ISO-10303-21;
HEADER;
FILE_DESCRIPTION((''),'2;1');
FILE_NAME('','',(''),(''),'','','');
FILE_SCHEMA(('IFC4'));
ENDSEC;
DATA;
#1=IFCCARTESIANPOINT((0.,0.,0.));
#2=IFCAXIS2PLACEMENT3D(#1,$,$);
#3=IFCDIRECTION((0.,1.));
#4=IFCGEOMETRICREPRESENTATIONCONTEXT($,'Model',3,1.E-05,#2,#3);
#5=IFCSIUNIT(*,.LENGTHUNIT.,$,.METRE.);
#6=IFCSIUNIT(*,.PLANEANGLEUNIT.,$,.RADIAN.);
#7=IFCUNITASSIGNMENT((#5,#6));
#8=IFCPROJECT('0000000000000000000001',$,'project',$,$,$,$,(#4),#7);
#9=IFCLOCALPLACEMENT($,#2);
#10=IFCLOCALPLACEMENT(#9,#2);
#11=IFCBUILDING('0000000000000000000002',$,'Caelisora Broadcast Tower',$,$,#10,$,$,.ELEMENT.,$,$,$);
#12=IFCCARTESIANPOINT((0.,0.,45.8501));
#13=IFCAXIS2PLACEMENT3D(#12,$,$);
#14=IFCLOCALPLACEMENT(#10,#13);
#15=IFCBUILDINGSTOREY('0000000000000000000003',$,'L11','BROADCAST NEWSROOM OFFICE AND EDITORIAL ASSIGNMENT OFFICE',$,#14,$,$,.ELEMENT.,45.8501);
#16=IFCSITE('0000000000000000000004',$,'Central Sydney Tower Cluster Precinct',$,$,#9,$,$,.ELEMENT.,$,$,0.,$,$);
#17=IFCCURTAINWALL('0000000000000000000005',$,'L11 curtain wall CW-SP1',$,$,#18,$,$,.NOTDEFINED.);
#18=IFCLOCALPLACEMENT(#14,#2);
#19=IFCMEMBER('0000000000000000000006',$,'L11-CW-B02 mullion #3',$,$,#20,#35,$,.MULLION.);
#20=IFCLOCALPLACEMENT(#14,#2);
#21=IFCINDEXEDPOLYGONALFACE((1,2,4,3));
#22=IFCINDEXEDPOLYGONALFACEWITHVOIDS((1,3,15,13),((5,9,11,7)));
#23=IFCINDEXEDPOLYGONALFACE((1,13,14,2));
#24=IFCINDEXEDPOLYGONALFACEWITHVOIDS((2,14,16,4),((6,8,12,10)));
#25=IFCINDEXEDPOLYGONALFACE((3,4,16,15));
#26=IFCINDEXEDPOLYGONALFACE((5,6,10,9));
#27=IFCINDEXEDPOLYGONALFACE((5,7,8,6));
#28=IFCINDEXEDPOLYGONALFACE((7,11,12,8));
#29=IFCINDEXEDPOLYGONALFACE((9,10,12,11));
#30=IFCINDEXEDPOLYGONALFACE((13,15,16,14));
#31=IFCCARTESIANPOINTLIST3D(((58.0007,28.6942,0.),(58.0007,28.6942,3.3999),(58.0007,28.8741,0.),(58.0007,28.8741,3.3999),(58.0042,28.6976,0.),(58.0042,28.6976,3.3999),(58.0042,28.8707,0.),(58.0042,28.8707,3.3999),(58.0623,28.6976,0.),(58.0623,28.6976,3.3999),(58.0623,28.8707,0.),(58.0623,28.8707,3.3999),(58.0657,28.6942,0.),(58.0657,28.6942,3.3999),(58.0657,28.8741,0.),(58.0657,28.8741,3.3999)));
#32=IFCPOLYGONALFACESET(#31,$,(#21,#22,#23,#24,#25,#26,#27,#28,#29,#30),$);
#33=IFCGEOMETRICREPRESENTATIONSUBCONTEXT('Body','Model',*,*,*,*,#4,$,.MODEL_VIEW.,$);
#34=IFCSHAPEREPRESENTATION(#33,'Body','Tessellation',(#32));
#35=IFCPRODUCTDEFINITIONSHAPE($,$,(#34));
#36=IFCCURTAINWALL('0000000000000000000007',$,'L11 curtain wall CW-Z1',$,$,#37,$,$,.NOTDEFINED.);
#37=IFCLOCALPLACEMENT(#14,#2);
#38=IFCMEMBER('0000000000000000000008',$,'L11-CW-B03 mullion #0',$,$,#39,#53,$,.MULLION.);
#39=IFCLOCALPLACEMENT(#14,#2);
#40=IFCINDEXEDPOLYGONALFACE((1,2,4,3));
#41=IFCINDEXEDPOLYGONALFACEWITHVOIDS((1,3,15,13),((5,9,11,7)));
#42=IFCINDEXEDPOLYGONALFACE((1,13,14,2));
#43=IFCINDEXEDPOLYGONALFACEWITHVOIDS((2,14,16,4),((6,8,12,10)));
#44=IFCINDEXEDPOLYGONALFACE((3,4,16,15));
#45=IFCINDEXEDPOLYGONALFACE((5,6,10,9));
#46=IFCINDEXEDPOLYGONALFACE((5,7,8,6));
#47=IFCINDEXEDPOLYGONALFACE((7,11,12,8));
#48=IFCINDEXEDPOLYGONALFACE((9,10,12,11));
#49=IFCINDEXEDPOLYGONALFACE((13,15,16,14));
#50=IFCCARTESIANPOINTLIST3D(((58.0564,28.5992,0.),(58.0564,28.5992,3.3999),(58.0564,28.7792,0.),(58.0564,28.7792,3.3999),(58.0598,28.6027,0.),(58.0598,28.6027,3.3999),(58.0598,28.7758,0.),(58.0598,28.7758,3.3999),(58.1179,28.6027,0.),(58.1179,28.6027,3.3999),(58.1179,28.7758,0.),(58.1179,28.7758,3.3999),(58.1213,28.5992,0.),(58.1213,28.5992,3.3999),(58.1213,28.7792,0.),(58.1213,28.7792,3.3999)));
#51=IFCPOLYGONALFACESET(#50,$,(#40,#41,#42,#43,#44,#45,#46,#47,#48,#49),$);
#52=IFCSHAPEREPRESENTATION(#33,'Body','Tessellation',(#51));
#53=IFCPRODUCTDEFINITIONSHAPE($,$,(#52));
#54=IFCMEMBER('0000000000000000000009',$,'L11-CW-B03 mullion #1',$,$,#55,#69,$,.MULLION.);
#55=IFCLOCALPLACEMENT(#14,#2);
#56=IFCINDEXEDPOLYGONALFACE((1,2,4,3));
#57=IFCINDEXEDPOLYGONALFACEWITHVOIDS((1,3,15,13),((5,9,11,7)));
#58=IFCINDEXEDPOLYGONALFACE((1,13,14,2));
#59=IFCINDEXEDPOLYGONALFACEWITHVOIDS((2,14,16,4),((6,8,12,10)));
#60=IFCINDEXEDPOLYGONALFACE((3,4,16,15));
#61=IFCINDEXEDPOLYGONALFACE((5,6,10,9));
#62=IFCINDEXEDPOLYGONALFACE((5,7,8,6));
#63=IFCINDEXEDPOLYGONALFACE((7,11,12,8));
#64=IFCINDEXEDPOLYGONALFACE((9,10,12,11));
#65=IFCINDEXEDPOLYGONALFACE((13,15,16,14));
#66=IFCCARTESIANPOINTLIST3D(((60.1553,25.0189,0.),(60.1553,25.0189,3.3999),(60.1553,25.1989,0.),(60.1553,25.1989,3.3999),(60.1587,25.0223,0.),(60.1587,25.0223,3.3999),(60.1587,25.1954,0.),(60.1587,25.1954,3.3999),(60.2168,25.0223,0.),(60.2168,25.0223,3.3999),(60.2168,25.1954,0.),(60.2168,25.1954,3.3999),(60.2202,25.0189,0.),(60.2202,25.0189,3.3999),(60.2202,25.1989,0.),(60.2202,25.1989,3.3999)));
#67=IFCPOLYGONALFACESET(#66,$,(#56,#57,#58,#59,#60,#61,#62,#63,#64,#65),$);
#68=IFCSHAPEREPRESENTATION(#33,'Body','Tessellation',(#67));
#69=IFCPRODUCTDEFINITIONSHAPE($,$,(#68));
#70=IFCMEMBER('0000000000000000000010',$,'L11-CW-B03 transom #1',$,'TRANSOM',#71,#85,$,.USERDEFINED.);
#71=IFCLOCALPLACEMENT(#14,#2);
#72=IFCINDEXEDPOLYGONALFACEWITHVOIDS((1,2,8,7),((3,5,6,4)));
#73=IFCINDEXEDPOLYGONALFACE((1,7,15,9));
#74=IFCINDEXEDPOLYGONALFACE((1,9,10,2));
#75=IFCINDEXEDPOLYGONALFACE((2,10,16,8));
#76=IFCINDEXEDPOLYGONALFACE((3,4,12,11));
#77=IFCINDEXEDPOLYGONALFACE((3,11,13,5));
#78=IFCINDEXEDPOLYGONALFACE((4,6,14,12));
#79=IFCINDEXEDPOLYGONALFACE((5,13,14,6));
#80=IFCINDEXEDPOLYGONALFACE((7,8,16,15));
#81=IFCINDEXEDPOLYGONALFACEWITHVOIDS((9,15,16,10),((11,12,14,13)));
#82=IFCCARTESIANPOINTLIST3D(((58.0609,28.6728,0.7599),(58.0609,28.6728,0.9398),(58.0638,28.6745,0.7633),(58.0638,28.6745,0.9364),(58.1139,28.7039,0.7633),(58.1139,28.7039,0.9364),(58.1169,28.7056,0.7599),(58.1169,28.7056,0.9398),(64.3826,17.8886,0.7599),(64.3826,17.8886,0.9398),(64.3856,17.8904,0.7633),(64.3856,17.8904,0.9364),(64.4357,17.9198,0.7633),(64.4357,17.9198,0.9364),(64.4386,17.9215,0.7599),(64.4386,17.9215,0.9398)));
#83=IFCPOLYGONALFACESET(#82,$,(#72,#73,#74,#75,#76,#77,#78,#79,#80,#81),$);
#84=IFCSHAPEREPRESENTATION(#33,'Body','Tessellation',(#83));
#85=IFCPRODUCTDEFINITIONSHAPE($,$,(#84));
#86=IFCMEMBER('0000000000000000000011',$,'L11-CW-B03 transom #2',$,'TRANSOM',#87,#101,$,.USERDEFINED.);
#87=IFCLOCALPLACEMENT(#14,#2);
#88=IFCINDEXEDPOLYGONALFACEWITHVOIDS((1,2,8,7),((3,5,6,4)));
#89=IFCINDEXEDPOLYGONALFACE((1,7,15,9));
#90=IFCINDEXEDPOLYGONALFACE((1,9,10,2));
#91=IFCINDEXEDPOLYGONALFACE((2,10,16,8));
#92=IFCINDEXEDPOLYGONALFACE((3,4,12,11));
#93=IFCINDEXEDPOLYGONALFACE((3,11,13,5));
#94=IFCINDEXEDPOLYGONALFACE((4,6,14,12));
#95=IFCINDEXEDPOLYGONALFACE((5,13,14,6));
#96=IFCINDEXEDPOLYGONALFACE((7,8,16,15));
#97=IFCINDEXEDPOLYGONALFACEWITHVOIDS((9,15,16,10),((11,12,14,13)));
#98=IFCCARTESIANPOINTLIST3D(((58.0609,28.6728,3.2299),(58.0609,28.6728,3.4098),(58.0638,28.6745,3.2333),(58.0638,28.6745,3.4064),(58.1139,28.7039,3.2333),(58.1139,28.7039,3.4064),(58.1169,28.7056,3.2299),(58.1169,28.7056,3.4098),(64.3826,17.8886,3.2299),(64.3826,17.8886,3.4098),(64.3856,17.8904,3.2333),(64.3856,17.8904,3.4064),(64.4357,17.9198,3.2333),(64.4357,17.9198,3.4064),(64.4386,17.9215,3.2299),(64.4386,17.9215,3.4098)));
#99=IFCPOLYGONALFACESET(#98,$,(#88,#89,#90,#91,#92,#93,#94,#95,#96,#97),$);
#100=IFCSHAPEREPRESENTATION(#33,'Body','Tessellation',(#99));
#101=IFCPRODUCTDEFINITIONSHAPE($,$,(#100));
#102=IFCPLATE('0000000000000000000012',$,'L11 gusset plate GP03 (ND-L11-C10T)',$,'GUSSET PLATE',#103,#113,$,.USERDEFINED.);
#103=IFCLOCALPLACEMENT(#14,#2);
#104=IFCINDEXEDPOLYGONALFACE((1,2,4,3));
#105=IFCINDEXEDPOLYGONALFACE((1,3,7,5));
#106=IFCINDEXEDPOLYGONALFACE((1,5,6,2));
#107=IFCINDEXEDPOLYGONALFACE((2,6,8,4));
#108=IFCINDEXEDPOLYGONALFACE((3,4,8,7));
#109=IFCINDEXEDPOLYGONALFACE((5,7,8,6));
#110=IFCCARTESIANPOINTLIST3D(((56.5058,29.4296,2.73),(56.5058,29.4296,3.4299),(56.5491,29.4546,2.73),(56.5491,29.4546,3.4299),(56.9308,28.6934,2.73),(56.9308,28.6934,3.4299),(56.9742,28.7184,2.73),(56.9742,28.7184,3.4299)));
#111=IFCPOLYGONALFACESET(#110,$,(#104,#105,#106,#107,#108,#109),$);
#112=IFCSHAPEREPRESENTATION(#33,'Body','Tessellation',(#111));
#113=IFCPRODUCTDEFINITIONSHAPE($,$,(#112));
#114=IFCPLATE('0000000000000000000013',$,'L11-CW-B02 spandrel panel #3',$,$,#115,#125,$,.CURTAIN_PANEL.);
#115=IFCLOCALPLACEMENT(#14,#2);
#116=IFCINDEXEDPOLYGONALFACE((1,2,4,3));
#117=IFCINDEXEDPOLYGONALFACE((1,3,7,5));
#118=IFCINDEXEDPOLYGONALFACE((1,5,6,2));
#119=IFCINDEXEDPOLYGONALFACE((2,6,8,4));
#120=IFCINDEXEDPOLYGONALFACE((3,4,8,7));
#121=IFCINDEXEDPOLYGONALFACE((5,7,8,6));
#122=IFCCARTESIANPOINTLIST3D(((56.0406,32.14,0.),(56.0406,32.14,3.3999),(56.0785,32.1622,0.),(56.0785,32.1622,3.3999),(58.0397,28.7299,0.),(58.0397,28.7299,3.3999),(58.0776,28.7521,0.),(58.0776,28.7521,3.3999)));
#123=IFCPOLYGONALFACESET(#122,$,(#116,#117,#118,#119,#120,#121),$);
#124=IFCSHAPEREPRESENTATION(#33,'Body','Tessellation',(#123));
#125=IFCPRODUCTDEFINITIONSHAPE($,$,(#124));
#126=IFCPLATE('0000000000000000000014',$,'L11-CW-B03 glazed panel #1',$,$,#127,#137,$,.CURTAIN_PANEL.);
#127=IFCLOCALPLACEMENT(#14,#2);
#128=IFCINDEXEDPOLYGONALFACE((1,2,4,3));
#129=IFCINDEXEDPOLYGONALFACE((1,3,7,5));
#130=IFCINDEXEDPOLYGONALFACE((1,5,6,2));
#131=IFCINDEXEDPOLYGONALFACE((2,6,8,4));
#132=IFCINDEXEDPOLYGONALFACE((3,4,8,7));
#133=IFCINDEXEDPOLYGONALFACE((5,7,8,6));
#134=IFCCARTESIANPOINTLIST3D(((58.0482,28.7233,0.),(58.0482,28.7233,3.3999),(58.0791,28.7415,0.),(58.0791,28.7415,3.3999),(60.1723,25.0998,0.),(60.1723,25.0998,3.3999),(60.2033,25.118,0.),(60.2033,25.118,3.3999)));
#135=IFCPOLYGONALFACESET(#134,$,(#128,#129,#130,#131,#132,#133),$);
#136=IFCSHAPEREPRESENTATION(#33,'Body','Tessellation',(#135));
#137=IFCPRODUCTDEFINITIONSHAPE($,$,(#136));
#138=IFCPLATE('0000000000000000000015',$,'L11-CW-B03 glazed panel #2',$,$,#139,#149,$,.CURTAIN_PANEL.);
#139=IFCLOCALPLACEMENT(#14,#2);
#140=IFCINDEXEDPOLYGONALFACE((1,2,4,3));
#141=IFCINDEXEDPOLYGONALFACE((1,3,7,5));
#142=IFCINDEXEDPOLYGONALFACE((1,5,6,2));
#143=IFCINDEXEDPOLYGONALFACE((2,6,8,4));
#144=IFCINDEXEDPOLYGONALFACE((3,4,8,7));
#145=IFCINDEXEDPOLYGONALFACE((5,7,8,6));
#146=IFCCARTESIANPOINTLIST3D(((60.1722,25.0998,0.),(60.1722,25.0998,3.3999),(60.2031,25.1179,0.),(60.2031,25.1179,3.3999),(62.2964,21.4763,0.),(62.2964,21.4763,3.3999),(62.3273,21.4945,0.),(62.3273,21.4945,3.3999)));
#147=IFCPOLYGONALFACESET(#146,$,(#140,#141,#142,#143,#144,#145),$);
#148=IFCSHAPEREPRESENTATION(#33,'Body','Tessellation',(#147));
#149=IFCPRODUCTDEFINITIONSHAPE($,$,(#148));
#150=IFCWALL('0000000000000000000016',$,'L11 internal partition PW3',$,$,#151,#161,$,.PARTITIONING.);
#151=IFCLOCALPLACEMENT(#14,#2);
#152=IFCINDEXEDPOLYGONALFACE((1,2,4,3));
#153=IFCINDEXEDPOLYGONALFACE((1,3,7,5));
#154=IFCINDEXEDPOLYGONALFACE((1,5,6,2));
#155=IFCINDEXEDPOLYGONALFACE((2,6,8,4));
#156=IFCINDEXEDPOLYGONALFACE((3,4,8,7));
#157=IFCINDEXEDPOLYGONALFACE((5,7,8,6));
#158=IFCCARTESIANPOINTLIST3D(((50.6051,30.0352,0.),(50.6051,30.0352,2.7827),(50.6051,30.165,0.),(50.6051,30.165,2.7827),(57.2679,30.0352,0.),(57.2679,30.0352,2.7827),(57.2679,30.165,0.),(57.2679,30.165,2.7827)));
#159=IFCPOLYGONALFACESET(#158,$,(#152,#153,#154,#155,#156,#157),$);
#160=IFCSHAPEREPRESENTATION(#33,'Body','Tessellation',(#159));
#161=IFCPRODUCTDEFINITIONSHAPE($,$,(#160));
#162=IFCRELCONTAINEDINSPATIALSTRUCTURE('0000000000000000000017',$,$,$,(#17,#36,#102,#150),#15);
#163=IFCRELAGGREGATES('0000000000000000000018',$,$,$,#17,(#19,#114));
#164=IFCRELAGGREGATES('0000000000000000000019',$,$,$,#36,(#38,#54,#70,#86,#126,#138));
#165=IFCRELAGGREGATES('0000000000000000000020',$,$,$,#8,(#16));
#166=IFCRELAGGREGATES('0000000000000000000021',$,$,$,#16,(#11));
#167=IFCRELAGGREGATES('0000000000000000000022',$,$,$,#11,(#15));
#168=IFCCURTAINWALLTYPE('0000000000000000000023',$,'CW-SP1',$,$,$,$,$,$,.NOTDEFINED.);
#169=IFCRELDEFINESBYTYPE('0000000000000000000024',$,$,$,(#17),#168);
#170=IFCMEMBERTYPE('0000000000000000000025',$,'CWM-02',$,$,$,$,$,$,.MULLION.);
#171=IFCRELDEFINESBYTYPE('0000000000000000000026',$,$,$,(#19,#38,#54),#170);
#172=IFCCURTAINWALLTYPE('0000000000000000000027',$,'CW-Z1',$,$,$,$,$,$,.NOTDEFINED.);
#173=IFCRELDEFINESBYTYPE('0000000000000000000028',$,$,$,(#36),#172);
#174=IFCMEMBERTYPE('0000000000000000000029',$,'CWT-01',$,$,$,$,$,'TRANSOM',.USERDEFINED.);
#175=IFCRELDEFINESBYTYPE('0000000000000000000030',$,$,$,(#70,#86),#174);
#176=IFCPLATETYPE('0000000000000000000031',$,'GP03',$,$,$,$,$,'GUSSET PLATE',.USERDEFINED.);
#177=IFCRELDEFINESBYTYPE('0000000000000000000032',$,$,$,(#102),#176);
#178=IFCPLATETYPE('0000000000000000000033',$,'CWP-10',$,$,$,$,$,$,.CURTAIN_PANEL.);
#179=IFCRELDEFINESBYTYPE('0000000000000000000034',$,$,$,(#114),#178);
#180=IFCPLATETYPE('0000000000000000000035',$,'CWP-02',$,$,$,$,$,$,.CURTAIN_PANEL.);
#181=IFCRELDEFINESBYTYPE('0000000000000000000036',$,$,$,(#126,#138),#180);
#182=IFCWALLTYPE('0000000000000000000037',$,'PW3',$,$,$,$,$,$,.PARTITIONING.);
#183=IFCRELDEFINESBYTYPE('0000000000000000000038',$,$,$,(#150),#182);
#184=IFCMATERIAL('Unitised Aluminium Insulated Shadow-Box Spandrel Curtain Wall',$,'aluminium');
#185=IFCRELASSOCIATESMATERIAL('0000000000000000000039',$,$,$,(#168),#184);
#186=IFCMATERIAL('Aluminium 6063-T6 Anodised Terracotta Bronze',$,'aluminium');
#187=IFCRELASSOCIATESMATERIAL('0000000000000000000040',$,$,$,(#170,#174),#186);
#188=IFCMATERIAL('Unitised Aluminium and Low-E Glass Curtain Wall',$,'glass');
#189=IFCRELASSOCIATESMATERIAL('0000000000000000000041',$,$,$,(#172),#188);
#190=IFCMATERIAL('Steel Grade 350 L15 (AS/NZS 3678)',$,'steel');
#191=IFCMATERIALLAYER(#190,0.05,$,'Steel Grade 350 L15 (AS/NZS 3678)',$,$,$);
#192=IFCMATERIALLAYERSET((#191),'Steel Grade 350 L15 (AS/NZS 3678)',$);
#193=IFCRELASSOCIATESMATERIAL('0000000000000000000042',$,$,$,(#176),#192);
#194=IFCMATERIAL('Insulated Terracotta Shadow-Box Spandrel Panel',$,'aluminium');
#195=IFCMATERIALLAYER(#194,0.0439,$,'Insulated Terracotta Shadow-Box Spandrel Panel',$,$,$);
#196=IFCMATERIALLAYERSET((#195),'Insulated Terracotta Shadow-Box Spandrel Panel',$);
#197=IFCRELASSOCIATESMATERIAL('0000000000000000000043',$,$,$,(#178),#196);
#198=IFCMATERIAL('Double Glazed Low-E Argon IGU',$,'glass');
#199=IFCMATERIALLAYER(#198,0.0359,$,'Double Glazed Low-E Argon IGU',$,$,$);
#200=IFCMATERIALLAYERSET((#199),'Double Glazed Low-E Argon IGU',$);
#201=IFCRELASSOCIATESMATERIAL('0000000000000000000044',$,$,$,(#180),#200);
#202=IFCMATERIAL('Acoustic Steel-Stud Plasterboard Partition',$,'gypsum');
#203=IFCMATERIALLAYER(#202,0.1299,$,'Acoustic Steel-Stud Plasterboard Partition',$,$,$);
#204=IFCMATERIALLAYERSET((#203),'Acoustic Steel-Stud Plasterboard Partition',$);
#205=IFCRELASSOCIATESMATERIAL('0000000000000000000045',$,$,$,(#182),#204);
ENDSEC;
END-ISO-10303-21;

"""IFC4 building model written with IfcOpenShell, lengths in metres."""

from ifc_helpers import new_model, si_unit, direction, frame, frame_2d, origin, origin_2d, place, context, subcontext, project, spatial, rectangle, hollow_rectangle, extrude, source, transform, mapped, material, layer, layer_set, material_profile, profile_set, type_object, type_shapes, element, aggregate, save


model = new_model("IFC4")

# Units and contexts
model_context = context("Model", 3, precision=1e-05, world=origin(), true_north=direction((0.0, 1.0)))
body_context = subcontext(model_context, "Body", "Model", "MODEL_VIEW")
ifc_project = project(units=[si_unit("LENGTHUNIT", "METRE"), si_unit("PLANEANGLEUNIT", "RADIAN")], contexts=[model_context])

# Site, building, storey
site_placement = place(None, origin())
site = spatial("IfcSite", under=ifc_project, at=site_placement, Name="Central Sydney Tower Cluster Precinct", CompositionType="ELEMENT", RefElevation=0.0)
building_placement = place(site_placement, origin())
building = spatial("IfcBuilding", under=site, at=building_placement, Name="Caelisora Broadcast Tower", CompositionType="ELEMENT")
storey_placement = place(building_placement, frame((0.0, 0.0, 45.8501)))
storey = spatial("IfcBuildingStorey", under=building, at=storey_placement, Name="L11", Description="BROADCAST NEWSROOM OFFICE AND EDITORIAL ASSIGNMENT OFFICE", CompositionType="ELEMENT", Elevation=45.8501)

# Shared definitions
ifc_material_1 = material(Name="Steel Grade 350 L15 (AS/NZS 3678)", Category="steel")

# Curtain wall, member
ifc_material_2 = material(Name="Unitised Aluminium Insulated Shadow-Box Spandrel Curtain Wall", Category="aluminium")
curtain_wall_type_1 = type_object("IfcCurtainWallType", Name="CW-SP1", PredefinedType="NOTDEFINED", material=ifc_material_2)
curtain_wall_1_placement = place(storey_placement, origin())
curtain_wall_1 = element("IfcCurtainWall", 1, at=curtain_wall_1_placement, inside=storey, type_object=curtain_wall_type_1, Name="L11 curtain wall CW-SP1", PredefinedType="NOTDEFINED")
ifc_material_3 = material(Name="Aluminium 6063-T6 Anodised Terracotta Bronze", Category="aluminium")
ifc_material_profile_1 = material_profile(ifc_material_3, hollow_rectangle(XDim=0.0649, YDim=0.1799, WallThickness=0.0034, at=origin_2d()), Name="Aluminium 6063-T6 Anodised Terracotta Bronze")
ifc_profile_set_1 = profile_set([ifc_material_profile_1], Name="Aluminium 6063-T6 Anodised Terracotta Bronze")
member_type_1 = type_object("IfcMemberType", Name="CWM-02", PredefinedType="MULLION", material=ifc_profile_set_1)
shared_shape_1 = source(origin(), body_context, "Body", "SweptSolid", [
    extrude(hollow_rectangle(XDim=0.0649, YDim=0.1799, WallThickness=0.0034, at=origin_2d()), origin(), (0.0, 0.0, 1.0), 3.3999),
])
type_shapes(member_type_1, [shared_shape_1])
member_1_placement = place(storey_placement, frame((58.0332, 28.7842, 0.0), z_axis=(0.0, 0.0, 1.0), x_axis=(1.0, 0.0, 0.0)))
member_1 = element("IfcMember", 2, at=member_1_placement, type_object=member_type_1, Name="L11-CW-B02 mullion #3", PredefinedType="MULLION", context=body_context, shape_type="MappedRepresentation", body=[
    mapped(shared_shape_1, transform((0.0, 0.0, 0.0), scale=1.0)),
])

# Curtain wall, members
ifc_material_4 = material(Name="Unitised Aluminium and Low-E Glass Curtain Wall", Category="glass")
curtain_wall_type_2 = type_object("IfcCurtainWallType", Name="CW-Z1", PredefinedType="NOTDEFINED", material=ifc_material_4)
curtain_wall_2_placement = place(storey_placement, origin())
curtain_wall_2 = element("IfcCurtainWall", 3, at=curtain_wall_2_placement, inside=storey, type_object=curtain_wall_type_2, Name="L11 curtain wall CW-Z1", PredefinedType="NOTDEFINED")
member_2_placement = place(storey_placement, frame((58.0889, 28.6892, 0.0), z_axis=(0.0, 0.0, 1.0), x_axis=(1.0, 0.0, 0.0)))
member_2 = element("IfcMember", 4, at=member_2_placement, type_object=member_type_1, Name="L11-CW-B03 mullion #0", PredefinedType="MULLION", context=body_context, shape_type="MappedRepresentation", body=[
    mapped(shared_shape_1, transform((0.0, 0.0, 0.0), scale=1.0)),
])
member_3_placement = place(storey_placement, frame((60.1877, 25.1089, 0.0), z_axis=(0.0, 0.0, 1.0), x_axis=(1.0, 0.0, 0.0)))
member_3 = element("IfcMember", 5, at=member_3_placement, type_object=member_type_1, Name="L11-CW-B03 mullion #1", PredefinedType="MULLION", context=body_context, shape_type="MappedRepresentation", body=[
    mapped(shared_shape_1, transform((0.0, 0.0, 0.0), scale=1.0)),
])
ifc_material_profile_2 = material_profile(ifc_material_3, hollow_rectangle(XDim=0.0649, YDim=0.1799, WallThickness=0.0034, at=origin_2d()), Name="Aluminium 6063-T6 Anodised Terracotta Bronze")
ifc_profile_set_2 = profile_set([ifc_material_profile_2], Name="Aluminium 6063-T6 Anodised Terracotta Bronze")
member_type_2 = type_object("IfcMemberType", Name="CWT-01", ElementType="TRANSOM", PredefinedType="USERDEFINED", material=ifc_profile_set_2)
shared_shape_2 = source(origin(), body_context, "Body", "SweptSolid", [
    extrude(hollow_rectangle(XDim=0.0649, YDim=0.1799, WallThickness=0.0034, at=origin_2d()), origin(), (0.0, 0.0, 1.0), 12.5005),
])
type_shapes(member_type_2, [shared_shape_2])
member_4_placement = place(storey_placement, frame((58.0889, 28.6892, 0.8499), z_axis=(0.505721, -0.862697, 0.0), x_axis=(0.862697, 0.505721, 0.0)))
member_4 = element("IfcMember", 6, at=member_4_placement, type_object=member_type_2, Name="L11-CW-B03 transom #1", ObjectType="TRANSOM", PredefinedType="USERDEFINED", context=body_context, shape_type="MappedRepresentation", body=[
    mapped(shared_shape_2, transform((0.0, 0.0, 0.0), scale=1.0)),
])
member_5_placement = place(storey_placement, frame((58.0889, 28.6892, 3.3198), z_axis=(0.505721, -0.862697, 0.0), x_axis=(0.862697, 0.505721, 0.0)))
member_5 = element("IfcMember", 7, at=member_5_placement, type_object=member_type_2, Name="L11-CW-B03 transom #2", ObjectType="TRANSOM", PredefinedType="USERDEFINED", context=body_context, shape_type="MappedRepresentation", body=[
    mapped(shared_shape_2, transform((0.0, 0.0, 0.0), scale=1.0)),
])

# Plates
ifc_layer_1 = layer(ifc_material_1, 0.05, Name="Steel Grade 350 L15 (AS/NZS 3678)")
ifc_layer_set_1 = layer_set([ifc_layer_1], Name="Steel Grade 350 L15 (AS/NZS 3678)")
plate_type_1 = type_object("IfcPlateType", Name="GP03", ElementType="GUSSET PLATE", PredefinedType="USERDEFINED", material=ifc_layer_set_1)
shared_shape_3 = source(origin(), body_context, "Body", "SweptSolid", [
    extrude(rectangle(XDim=0.8501, YDim=0.05, at=origin_2d()), origin(), (0.0, 0.0, 1.0), 0.7),
])
type_shapes(plate_type_1, [shared_shape_3])
plate_1_placement = place(storey_placement, frame((56.74, 29.074, 2.73), z_axis=(0.0, 0.0, 1.0), x_axis=(-0.5, 0.866025, 0.0)))
element("IfcPlate", 8, at=plate_1_placement, inside=storey, type_object=plate_type_1, Name="L11 gusset plate GP03 (ND-L11-C10T)", ObjectType="GUSSET PLATE", PredefinedType="USERDEFINED", context=body_context, shape_type="MappedRepresentation", body=[
    mapped(shared_shape_3, transform((0.0, 0.0, 0.0), scale=1.0)),
])
ifc_material_5 = material(Name="Insulated Terracotta Shadow-Box Spandrel Panel", Category="aluminium")
ifc_layer_2 = layer(ifc_material_5, 0.0439, Name="Insulated Terracotta Shadow-Box Spandrel Panel")
ifc_layer_set_2 = layer_set([ifc_layer_2], Name="Insulated Terracotta Shadow-Box Spandrel Panel")
plate_type_2 = type_object("IfcPlateType", Name="CWP-10", PredefinedType="CURTAIN_PANEL", material=ifc_layer_set_2)
shared_shape_4 = source(origin(), body_context, "Body", "SweptSolid", [
    extrude(rectangle(XDim=3.9529, YDim=0.0439, at=origin_2d()), origin(), (0.0, 0.0, 1.0), 3.3999),
])
type_shapes(plate_type_2, [shared_shape_4])
plate_2_placement = place(storey_placement, frame((57.0591, 30.446, 0.0), z_axis=(0.0, 0.0, 1.0), x_axis=(0.505733, -0.86269, 0.0)))
plate_2 = element("IfcPlate", 9, at=plate_2_placement, type_object=plate_type_2, Name="L11-CW-B02 spandrel panel #3", PredefinedType="CURTAIN_PANEL", context=body_context, shape_type="MappedRepresentation", body=[
    mapped(shared_shape_4, transform((0.0, 0.0, 0.0), scale=1.0)),
])
aggregate(curtain_wall_1, [member_1, plate_2])
ifc_material_6 = material(Name="Double Glazed Low-E Argon IGU", Category="glass")
ifc_layer_3 = layer(ifc_material_6, 0.0359, Name="Double Glazed Low-E Argon IGU")
ifc_layer_set_3 = layer_set([ifc_layer_3], Name="Double Glazed Low-E Argon IGU")
plate_type_3 = type_object("IfcPlateType", Name="CWP-02", PredefinedType="CURTAIN_PANEL", material=ifc_layer_set_3)
shared_shape_5 = source(origin(), body_context, "Body", "SweptSolid", [
    extrude(rectangle(XDim=4.2002, YDim=0.0359, at=origin_2d()), origin(), (0.0, 0.0, 1.0), 3.3999),
])
type_shapes(plate_type_3, [shared_shape_5])
plate_3_placement = place(storey_placement, frame((59.1257, 26.9207, 0.0), z_axis=(0.0, 0.0, 1.0), x_axis=(0.505733, -0.86269, 0.0)))
plate_3 = element("IfcPlate", 10, at=plate_3_placement, type_object=plate_type_3, Name="L11-CW-B03 glazed panel #1", PredefinedType="CURTAIN_PANEL", context=body_context, shape_type="MappedRepresentation", body=[
    mapped(shared_shape_5, transform((0.0, 0.0, 0.0), scale=1.0)),
])
plate_4_placement = place(storey_placement, frame((61.2498, 23.2971, 0.0), z_axis=(0.0, 0.0, 1.0), x_axis=(0.505733, -0.86269, 0.0)))
plate_4 = element("IfcPlate", 11, at=plate_4_placement, type_object=plate_type_3, Name="L11-CW-B03 glazed panel #2", PredefinedType="CURTAIN_PANEL", context=body_context, shape_type="MappedRepresentation", body=[
    mapped(shared_shape_5, transform((0.0, 0.0, 0.0), scale=1.0)),
])
aggregate(curtain_wall_2, [member_2, member_3, member_4, member_5, plate_3, plate_4])

# Wall
ifc_material_7 = material(Name="Acoustic Steel-Stud Plasterboard Partition", Category="gypsum")
ifc_layer_4 = layer(ifc_material_7, 0.1299, Name="Acoustic Steel-Stud Plasterboard Partition")
ifc_layer_set_4 = layer_set([ifc_layer_4], Name="Acoustic Steel-Stud Plasterboard Partition")
wall_type = type_object("IfcWallType", Name="PW3", PredefinedType="PARTITIONING", material=ifc_layer_set_4)
wall_1_placement = place(storey_placement, frame((50.605, 30.1001, 0.0), z_axis=(0.0, 0.0, 1.0), x_axis=(1.0, 0.0, 0.0)))
element("IfcWall", 12, at=wall_1_placement, inside=storey, type_object=wall_type, Name="L11 internal partition PW3", PredefinedType="PARTITIONING", context=body_context, shape_type="SweptSolid", body=[
    extrude(rectangle(XDim=6.6628, YDim=0.1299, at=frame_2d((3.3315, 0.0))), origin(), (0.0, 0.0, 1.0), 2.7827),
])

save(model, "model.ifc")
